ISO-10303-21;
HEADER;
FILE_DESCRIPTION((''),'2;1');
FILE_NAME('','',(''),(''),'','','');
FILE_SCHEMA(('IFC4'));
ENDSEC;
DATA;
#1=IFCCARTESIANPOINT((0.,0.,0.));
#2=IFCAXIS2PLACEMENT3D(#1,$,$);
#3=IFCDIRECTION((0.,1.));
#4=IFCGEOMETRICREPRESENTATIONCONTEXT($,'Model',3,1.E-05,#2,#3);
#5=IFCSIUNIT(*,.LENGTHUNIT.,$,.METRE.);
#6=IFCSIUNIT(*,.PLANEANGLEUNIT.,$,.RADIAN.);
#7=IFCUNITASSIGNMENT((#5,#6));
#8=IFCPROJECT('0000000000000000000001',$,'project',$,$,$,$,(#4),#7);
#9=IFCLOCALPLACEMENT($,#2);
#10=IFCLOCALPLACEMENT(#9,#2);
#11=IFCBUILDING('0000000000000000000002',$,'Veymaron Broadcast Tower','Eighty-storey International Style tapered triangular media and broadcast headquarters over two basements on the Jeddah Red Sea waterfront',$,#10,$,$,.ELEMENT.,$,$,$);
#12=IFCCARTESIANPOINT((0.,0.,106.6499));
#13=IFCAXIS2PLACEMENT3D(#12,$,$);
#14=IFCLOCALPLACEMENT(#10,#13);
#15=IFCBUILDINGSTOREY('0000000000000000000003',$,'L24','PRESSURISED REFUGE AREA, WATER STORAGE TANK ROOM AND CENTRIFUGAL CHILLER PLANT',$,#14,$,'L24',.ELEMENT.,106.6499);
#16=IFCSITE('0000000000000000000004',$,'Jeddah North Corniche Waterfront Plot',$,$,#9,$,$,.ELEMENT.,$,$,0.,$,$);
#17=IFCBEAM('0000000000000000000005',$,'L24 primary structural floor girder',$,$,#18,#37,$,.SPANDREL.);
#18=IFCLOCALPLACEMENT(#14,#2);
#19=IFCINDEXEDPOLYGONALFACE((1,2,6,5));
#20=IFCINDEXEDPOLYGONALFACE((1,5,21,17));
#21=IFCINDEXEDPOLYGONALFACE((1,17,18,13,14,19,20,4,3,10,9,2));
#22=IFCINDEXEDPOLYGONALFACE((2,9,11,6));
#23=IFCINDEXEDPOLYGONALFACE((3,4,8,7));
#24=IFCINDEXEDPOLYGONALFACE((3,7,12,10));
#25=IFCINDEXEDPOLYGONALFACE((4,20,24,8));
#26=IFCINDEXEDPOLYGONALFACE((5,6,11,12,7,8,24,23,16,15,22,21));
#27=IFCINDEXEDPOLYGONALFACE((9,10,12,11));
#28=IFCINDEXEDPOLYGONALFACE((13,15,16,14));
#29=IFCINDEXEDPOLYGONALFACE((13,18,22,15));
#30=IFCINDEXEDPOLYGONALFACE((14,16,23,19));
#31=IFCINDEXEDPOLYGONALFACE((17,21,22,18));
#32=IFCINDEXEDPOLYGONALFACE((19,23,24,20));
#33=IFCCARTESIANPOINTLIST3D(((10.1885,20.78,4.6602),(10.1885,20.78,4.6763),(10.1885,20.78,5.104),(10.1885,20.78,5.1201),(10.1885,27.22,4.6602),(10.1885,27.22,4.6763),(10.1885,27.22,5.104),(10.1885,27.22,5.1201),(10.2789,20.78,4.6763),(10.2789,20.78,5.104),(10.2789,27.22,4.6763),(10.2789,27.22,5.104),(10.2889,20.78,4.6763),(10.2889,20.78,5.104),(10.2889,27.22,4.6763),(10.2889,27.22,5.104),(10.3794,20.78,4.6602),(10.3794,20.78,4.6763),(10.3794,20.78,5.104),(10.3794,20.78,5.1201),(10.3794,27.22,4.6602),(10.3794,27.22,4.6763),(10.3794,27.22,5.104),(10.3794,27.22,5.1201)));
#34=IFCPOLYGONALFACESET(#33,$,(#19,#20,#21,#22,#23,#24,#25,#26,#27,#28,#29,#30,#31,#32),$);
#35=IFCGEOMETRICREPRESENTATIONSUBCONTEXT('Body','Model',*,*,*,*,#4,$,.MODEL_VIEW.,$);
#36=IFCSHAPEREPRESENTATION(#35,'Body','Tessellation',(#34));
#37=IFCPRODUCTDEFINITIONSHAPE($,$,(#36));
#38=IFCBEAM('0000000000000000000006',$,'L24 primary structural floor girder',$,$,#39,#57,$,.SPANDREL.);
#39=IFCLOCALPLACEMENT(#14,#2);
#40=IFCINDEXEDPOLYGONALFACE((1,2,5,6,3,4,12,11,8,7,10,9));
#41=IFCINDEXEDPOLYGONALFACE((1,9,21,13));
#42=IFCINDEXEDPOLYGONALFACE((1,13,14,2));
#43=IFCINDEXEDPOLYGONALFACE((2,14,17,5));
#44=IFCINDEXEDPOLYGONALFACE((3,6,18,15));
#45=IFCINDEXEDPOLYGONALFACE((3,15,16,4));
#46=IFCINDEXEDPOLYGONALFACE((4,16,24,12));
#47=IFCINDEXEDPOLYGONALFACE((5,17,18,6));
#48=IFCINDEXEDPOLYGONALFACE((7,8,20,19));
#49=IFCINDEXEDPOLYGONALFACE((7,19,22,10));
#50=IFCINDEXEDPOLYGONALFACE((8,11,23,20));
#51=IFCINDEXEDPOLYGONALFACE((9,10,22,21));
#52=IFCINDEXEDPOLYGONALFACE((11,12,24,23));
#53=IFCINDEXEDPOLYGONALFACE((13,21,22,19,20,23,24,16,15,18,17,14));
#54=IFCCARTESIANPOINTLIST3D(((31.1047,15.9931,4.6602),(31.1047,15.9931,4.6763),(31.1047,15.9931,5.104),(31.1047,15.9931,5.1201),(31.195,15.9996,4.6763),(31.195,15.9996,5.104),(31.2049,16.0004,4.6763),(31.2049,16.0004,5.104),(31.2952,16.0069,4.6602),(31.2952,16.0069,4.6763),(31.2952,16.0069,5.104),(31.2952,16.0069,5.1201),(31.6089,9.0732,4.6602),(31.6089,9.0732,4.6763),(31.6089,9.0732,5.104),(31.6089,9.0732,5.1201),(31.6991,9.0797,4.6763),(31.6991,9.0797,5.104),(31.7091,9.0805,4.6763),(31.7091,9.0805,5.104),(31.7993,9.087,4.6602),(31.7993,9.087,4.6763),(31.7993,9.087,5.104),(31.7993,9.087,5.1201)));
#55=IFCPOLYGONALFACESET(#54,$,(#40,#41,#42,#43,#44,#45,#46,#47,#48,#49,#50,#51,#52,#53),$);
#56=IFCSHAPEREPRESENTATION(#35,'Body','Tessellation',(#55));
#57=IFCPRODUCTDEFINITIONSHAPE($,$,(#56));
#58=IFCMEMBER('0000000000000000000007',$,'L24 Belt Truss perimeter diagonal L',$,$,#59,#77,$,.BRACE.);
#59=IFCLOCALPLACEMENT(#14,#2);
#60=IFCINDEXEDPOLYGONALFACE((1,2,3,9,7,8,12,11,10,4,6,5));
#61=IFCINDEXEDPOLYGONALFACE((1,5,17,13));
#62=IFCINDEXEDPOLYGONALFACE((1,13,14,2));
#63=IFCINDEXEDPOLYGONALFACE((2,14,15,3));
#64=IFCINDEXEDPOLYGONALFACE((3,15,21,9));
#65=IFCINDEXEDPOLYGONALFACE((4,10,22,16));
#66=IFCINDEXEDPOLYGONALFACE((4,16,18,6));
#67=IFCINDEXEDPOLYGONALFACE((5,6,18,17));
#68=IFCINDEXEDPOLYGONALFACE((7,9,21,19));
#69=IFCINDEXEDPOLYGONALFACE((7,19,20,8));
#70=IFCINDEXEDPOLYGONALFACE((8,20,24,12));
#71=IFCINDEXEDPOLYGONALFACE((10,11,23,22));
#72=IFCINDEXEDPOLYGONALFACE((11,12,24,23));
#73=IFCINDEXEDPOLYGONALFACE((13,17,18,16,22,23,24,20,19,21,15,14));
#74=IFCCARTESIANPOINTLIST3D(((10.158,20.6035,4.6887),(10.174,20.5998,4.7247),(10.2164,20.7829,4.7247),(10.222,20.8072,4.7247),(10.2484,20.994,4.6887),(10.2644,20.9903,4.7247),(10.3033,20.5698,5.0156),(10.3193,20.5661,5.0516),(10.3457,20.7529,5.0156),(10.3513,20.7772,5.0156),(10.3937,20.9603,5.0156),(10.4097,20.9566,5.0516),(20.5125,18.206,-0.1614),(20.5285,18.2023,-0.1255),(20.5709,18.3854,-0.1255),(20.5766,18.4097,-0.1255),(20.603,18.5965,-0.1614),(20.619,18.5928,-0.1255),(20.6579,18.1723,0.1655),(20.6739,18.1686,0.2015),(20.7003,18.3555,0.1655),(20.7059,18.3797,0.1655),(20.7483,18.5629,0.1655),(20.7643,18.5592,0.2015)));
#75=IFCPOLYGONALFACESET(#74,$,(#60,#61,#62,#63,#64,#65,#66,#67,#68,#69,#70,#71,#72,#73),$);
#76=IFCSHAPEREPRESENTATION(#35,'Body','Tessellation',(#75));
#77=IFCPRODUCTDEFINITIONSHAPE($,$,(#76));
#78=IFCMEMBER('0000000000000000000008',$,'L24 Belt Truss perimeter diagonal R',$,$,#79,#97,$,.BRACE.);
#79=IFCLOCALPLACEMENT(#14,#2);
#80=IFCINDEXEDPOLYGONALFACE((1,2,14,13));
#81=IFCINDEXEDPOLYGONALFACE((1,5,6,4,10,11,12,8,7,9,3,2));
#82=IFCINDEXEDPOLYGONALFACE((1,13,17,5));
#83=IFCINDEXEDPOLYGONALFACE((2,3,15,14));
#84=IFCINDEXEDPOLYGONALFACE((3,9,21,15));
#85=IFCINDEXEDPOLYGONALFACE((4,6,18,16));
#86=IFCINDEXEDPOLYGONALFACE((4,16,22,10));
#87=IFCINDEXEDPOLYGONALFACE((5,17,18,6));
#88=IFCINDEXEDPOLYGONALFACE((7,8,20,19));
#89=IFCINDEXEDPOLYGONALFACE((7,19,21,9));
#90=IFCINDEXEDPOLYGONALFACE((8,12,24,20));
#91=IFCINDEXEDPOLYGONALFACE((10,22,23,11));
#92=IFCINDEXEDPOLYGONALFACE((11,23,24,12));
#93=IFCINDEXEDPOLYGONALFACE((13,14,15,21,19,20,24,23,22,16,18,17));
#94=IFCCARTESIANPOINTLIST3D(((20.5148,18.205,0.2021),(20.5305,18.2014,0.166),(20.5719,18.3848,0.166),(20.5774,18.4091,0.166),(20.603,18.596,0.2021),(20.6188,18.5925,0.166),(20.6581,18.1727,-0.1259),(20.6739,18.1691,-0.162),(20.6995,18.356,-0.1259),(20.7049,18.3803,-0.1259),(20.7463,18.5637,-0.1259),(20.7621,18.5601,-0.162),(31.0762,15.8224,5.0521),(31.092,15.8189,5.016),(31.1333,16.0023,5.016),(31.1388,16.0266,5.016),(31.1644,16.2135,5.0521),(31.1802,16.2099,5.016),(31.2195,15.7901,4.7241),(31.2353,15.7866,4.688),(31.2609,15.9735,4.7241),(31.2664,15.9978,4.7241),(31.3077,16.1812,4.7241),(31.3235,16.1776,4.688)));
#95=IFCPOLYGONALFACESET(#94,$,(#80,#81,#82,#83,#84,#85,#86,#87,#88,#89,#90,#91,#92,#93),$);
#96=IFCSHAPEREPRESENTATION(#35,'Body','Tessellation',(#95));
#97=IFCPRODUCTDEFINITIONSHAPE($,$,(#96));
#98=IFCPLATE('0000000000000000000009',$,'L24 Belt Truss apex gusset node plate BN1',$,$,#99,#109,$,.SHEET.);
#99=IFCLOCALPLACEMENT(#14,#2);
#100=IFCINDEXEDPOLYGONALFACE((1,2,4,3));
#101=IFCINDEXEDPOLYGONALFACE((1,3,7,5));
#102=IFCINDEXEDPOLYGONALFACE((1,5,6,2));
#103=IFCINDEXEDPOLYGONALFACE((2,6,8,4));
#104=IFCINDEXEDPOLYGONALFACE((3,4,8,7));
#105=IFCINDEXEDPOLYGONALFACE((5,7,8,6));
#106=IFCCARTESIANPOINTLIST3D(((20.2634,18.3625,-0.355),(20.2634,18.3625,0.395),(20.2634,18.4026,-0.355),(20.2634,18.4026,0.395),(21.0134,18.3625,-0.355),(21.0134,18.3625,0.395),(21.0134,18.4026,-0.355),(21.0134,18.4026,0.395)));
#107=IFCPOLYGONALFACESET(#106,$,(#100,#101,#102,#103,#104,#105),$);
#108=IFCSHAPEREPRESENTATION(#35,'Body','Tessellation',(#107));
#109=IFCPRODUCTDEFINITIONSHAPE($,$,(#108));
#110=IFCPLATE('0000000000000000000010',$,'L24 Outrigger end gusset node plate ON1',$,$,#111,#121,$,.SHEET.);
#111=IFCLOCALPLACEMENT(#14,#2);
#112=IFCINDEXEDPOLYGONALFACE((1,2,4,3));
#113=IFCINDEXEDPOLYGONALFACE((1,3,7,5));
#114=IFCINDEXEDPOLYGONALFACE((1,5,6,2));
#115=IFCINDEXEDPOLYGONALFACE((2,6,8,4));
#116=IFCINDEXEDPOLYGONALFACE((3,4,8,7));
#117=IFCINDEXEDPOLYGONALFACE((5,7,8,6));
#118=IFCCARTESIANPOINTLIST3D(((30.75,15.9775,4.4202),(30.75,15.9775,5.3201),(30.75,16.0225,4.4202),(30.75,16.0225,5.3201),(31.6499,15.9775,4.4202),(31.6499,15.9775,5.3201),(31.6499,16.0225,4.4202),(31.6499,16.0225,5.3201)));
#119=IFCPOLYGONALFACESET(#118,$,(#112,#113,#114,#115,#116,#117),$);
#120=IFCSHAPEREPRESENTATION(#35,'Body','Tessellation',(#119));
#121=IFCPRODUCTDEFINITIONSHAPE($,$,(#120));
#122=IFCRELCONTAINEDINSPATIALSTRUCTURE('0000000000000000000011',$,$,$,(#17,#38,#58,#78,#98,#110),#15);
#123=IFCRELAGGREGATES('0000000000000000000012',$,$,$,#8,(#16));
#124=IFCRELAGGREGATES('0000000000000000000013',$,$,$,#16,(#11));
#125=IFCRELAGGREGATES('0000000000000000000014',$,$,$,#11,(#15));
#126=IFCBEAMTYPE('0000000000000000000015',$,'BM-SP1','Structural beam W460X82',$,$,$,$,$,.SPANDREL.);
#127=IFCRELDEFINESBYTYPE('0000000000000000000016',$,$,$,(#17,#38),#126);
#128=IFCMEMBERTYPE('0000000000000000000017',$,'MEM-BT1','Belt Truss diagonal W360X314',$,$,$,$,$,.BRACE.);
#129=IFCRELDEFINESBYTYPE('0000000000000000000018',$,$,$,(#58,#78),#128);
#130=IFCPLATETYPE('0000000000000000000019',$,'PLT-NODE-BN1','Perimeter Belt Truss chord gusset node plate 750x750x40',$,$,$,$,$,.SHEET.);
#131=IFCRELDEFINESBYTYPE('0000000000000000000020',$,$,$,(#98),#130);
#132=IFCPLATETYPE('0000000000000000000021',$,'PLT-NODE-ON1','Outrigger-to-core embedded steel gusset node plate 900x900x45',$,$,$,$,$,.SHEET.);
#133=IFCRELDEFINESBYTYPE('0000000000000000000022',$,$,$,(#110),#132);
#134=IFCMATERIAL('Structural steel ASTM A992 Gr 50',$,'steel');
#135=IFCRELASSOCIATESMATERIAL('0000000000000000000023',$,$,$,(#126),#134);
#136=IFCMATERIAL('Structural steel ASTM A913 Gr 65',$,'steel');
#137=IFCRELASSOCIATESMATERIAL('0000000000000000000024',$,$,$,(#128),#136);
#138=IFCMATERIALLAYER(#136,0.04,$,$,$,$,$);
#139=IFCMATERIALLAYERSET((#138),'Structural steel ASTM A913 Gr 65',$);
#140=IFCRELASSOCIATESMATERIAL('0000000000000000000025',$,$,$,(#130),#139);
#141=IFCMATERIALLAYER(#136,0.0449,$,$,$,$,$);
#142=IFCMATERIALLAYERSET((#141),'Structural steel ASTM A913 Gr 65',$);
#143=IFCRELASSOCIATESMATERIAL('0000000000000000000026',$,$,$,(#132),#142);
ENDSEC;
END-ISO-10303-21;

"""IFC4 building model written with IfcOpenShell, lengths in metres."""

from ifc_helpers import new_model, si_unit, direction, frame, origin, origin_2d, place, context, subcontext, project, spatial, rectangle, i_section, extrude, material, layer, layer_set, material_profile, profile_set, type_object, element, save


model = new_model("IFC4")

# Units and contexts
model_context = context("Model", 3, precision=1e-05, world=origin(), true_north=direction((0.0, 1.0)))
body_context = subcontext(model_context, "Body", "Model", "MODEL_VIEW")
ifc_project = project(units=[si_unit("LENGTHUNIT", "METRE"), si_unit("PLANEANGLEUNIT", "RADIAN")], contexts=[model_context])

# Site, building, storey
site_placement = place(None, origin())
site = spatial("IfcSite", under=ifc_project, at=site_placement, Name="Jeddah North Corniche Waterfront Plot", CompositionType="ELEMENT", RefElevation=0.0)
building_placement = place(site_placement, origin())
building = spatial("IfcBuilding", under=site, at=building_placement, Name="Veymaron Broadcast Tower", Description="Eighty-storey International Style tapered triangular media and broadcast headquarters over two basements on the Jeddah Red Sea waterfront", CompositionType="ELEMENT")
storey_placement = place(building_placement, frame((0.0, 0.0, 106.6499)))
storey = spatial("IfcBuildingStorey", under=building, at=storey_placement, Name="L24", Description="PRESSURISED REFUGE AREA, WATER STORAGE TANK ROOM AND CENTRIFUGAL CHILLER PLANT", LongName="L24", CompositionType="ELEMENT", Elevation=106.6499)

# Shared definitions
ifc_material_1 = material(Name="Structural steel ASTM A992 Gr 50", Category="steel")
ifc_material_2 = material(Name="Structural steel ASTM A913 Gr 65", Category="steel")

# Beams
ifc_material_profile_1 = material_profile(ifc_material_1, i_section(OverallWidth=0.1909, OverallDepth=0.46, WebThickness=0.01, FlangeThickness=0.0161, at=origin_2d()), Name="W460X82")
ifc_profile_set_1 = profile_set([ifc_material_profile_1], Name="Structural steel ASTM A992 Gr 50")
beam_type_1 = type_object("IfcBeamType", Name="BM-SP1", Description="Structural beam W460X82", PredefinedType="SPANDREL", material=ifc_profile_set_1)
beam_1_placement = place(storey_placement, frame((10.2839, 20.78, 4.8901), z_axis=(0.0, 1.0, 0.0), x_axis=(-1.0, 0.0, 0.0)))
element("IfcBeam", 1, at=beam_1_placement, inside=storey, type_object=beam_type_1, Name="L24 primary structural floor girder", PredefinedType="SPANDREL", context=body_context, shape_type="SweptSolid", body=[
    extrude(i_section(OverallWidth=0.1909, OverallDepth=0.46, WebThickness=0.01, FlangeThickness=0.0161, at=origin_2d()), origin(), (0.0, 0.0, 1.0), 6.4399),
])
beam_2_placement = place(storey_placement, frame((31.2, 16.0, 4.8901), z_axis=(0.072662, -0.997357, 0.0), x_axis=(0.997357, 0.072662, 0.0)))
element("IfcBeam", 2, at=beam_2_placement, inside=storey, type_object=beam_type_1, Name="L24 primary structural floor girder", PredefinedType="SPANDREL", context=body_context, shape_type="SweptSolid", body=[
    extrude(i_section(OverallWidth=0.1909, OverallDepth=0.46, WebThickness=0.01, FlangeThickness=0.0161, at=origin_2d()), origin(), (0.0, 0.0, 1.0), 6.9382),
])

# Members
ifc_material_profile_2 = material_profile(ifc_material_2, i_section(OverallWidth=0.4009, OverallDepth=0.3989, WebThickness=0.0249, FlangeThickness=0.0396, at=origin_2d()), Name="W360X314")
ifc_profile_set_2 = profile_set([ifc_material_profile_2], Name="Structural steel ASTM A913 Gr 65")
member_type = type_object("IfcMemberType", Name="MEM-BT1", Description="Belt Truss diagonal W360X314", PredefinedType="BRACE", material=ifc_profile_set_2)
member_1_placement = place(storey_placement, frame((20.6384, 18.3826, 0.02), z_axis=(-0.886306, 0.205214, 0.41515), x_axis=(-0.225571, -0.974227, 0.0)))
element("IfcMember", 3, at=member_1_placement, inside=storey, type_object=member_type, Name="L24 Belt Truss perimeter diagonal L", PredefinedType="BRACE", context=body_context, shape_type="SweptSolid", body=[
    extrude(i_section(OverallWidth=0.4009, OverallDepth=0.3989, WebThickness=0.0249, FlangeThickness=0.0396, at=origin_2d()), origin(), (0.0, 0.0, 1.0), 11.6829),
])
member_2_placement = place(storey_placement, frame((20.6384, 18.3826, 0.02), z_axis=(0.890243, -0.20083, 0.408821), x_axis=(0.220059, 0.975486, 0.0)))
element("IfcMember", 4, at=member_2_placement, inside=storey, type_object=member_type, Name="L24 Belt Truss perimeter diagonal R", PredefinedType="BRACE", context=body_context, shape_type="SweptSolid", body=[
    extrude(i_section(OverallWidth=0.4009, OverallDepth=0.3989, WebThickness=0.0249, FlangeThickness=0.0396, at=origin_2d()), origin(), (0.0, 0.0, 1.0), 11.8635),
])

# Plates
ifc_layer_1 = layer(ifc_material_2, 0.04)
ifc_layer_set_1 = layer_set([ifc_layer_1], Name="Structural steel ASTM A913 Gr 65")
plate_type_1 = type_object("IfcPlateType", Name="PLT-NODE-BN1", Description="Perimeter Belt Truss chord gusset node plate 750x750x40", PredefinedType="SHEET", material=ifc_layer_set_1)
plate_1_placement = place(storey_placement, frame((20.6384, 18.3826, -0.355), z_axis=(0.0, 0.0, 1.0), x_axis=(1.0, 0.0, 0.0)))
element("IfcPlate", 5, at=plate_1_placement, inside=storey, type_object=plate_type_1, Name="L24 Belt Truss apex gusset node plate BN1", PredefinedType="SHEET", context=body_context, shape_type="SweptSolid", body=[
    extrude(rectangle(XDim=0.75, YDim=0.04, at=origin_2d()), origin(), (0.0, 0.0, 1.0), 0.75),
])
ifc_layer_2 = layer(ifc_material_2, 0.0449)
ifc_layer_set_2 = layer_set([ifc_layer_2], Name="Structural steel ASTM A913 Gr 65")
plate_type_2 = type_object("IfcPlateType", Name="PLT-NODE-ON1", Description="Outrigger-to-core embedded steel gusset node plate 900x900x45", PredefinedType="SHEET", material=ifc_layer_set_2)
plate_2_placement = place(storey_placement, frame((31.2, 16.0, 4.4202), z_axis=(0.0, 0.0, 1.0), x_axis=(1.0, 0.0, 0.0)))
element("IfcPlate", 6, at=plate_2_placement, inside=storey, type_object=plate_type_2, Name="L24 Outrigger end gusset node plate ON1", PredefinedType="SHEET", context=body_context, shape_type="SweptSolid", body=[
    extrude(rectangle(XDim=0.8999, YDim=0.0449, at=origin_2d()), origin(), (0.0, 0.0, 1.0), 0.8999),
])

save(model, "model.ifc")
